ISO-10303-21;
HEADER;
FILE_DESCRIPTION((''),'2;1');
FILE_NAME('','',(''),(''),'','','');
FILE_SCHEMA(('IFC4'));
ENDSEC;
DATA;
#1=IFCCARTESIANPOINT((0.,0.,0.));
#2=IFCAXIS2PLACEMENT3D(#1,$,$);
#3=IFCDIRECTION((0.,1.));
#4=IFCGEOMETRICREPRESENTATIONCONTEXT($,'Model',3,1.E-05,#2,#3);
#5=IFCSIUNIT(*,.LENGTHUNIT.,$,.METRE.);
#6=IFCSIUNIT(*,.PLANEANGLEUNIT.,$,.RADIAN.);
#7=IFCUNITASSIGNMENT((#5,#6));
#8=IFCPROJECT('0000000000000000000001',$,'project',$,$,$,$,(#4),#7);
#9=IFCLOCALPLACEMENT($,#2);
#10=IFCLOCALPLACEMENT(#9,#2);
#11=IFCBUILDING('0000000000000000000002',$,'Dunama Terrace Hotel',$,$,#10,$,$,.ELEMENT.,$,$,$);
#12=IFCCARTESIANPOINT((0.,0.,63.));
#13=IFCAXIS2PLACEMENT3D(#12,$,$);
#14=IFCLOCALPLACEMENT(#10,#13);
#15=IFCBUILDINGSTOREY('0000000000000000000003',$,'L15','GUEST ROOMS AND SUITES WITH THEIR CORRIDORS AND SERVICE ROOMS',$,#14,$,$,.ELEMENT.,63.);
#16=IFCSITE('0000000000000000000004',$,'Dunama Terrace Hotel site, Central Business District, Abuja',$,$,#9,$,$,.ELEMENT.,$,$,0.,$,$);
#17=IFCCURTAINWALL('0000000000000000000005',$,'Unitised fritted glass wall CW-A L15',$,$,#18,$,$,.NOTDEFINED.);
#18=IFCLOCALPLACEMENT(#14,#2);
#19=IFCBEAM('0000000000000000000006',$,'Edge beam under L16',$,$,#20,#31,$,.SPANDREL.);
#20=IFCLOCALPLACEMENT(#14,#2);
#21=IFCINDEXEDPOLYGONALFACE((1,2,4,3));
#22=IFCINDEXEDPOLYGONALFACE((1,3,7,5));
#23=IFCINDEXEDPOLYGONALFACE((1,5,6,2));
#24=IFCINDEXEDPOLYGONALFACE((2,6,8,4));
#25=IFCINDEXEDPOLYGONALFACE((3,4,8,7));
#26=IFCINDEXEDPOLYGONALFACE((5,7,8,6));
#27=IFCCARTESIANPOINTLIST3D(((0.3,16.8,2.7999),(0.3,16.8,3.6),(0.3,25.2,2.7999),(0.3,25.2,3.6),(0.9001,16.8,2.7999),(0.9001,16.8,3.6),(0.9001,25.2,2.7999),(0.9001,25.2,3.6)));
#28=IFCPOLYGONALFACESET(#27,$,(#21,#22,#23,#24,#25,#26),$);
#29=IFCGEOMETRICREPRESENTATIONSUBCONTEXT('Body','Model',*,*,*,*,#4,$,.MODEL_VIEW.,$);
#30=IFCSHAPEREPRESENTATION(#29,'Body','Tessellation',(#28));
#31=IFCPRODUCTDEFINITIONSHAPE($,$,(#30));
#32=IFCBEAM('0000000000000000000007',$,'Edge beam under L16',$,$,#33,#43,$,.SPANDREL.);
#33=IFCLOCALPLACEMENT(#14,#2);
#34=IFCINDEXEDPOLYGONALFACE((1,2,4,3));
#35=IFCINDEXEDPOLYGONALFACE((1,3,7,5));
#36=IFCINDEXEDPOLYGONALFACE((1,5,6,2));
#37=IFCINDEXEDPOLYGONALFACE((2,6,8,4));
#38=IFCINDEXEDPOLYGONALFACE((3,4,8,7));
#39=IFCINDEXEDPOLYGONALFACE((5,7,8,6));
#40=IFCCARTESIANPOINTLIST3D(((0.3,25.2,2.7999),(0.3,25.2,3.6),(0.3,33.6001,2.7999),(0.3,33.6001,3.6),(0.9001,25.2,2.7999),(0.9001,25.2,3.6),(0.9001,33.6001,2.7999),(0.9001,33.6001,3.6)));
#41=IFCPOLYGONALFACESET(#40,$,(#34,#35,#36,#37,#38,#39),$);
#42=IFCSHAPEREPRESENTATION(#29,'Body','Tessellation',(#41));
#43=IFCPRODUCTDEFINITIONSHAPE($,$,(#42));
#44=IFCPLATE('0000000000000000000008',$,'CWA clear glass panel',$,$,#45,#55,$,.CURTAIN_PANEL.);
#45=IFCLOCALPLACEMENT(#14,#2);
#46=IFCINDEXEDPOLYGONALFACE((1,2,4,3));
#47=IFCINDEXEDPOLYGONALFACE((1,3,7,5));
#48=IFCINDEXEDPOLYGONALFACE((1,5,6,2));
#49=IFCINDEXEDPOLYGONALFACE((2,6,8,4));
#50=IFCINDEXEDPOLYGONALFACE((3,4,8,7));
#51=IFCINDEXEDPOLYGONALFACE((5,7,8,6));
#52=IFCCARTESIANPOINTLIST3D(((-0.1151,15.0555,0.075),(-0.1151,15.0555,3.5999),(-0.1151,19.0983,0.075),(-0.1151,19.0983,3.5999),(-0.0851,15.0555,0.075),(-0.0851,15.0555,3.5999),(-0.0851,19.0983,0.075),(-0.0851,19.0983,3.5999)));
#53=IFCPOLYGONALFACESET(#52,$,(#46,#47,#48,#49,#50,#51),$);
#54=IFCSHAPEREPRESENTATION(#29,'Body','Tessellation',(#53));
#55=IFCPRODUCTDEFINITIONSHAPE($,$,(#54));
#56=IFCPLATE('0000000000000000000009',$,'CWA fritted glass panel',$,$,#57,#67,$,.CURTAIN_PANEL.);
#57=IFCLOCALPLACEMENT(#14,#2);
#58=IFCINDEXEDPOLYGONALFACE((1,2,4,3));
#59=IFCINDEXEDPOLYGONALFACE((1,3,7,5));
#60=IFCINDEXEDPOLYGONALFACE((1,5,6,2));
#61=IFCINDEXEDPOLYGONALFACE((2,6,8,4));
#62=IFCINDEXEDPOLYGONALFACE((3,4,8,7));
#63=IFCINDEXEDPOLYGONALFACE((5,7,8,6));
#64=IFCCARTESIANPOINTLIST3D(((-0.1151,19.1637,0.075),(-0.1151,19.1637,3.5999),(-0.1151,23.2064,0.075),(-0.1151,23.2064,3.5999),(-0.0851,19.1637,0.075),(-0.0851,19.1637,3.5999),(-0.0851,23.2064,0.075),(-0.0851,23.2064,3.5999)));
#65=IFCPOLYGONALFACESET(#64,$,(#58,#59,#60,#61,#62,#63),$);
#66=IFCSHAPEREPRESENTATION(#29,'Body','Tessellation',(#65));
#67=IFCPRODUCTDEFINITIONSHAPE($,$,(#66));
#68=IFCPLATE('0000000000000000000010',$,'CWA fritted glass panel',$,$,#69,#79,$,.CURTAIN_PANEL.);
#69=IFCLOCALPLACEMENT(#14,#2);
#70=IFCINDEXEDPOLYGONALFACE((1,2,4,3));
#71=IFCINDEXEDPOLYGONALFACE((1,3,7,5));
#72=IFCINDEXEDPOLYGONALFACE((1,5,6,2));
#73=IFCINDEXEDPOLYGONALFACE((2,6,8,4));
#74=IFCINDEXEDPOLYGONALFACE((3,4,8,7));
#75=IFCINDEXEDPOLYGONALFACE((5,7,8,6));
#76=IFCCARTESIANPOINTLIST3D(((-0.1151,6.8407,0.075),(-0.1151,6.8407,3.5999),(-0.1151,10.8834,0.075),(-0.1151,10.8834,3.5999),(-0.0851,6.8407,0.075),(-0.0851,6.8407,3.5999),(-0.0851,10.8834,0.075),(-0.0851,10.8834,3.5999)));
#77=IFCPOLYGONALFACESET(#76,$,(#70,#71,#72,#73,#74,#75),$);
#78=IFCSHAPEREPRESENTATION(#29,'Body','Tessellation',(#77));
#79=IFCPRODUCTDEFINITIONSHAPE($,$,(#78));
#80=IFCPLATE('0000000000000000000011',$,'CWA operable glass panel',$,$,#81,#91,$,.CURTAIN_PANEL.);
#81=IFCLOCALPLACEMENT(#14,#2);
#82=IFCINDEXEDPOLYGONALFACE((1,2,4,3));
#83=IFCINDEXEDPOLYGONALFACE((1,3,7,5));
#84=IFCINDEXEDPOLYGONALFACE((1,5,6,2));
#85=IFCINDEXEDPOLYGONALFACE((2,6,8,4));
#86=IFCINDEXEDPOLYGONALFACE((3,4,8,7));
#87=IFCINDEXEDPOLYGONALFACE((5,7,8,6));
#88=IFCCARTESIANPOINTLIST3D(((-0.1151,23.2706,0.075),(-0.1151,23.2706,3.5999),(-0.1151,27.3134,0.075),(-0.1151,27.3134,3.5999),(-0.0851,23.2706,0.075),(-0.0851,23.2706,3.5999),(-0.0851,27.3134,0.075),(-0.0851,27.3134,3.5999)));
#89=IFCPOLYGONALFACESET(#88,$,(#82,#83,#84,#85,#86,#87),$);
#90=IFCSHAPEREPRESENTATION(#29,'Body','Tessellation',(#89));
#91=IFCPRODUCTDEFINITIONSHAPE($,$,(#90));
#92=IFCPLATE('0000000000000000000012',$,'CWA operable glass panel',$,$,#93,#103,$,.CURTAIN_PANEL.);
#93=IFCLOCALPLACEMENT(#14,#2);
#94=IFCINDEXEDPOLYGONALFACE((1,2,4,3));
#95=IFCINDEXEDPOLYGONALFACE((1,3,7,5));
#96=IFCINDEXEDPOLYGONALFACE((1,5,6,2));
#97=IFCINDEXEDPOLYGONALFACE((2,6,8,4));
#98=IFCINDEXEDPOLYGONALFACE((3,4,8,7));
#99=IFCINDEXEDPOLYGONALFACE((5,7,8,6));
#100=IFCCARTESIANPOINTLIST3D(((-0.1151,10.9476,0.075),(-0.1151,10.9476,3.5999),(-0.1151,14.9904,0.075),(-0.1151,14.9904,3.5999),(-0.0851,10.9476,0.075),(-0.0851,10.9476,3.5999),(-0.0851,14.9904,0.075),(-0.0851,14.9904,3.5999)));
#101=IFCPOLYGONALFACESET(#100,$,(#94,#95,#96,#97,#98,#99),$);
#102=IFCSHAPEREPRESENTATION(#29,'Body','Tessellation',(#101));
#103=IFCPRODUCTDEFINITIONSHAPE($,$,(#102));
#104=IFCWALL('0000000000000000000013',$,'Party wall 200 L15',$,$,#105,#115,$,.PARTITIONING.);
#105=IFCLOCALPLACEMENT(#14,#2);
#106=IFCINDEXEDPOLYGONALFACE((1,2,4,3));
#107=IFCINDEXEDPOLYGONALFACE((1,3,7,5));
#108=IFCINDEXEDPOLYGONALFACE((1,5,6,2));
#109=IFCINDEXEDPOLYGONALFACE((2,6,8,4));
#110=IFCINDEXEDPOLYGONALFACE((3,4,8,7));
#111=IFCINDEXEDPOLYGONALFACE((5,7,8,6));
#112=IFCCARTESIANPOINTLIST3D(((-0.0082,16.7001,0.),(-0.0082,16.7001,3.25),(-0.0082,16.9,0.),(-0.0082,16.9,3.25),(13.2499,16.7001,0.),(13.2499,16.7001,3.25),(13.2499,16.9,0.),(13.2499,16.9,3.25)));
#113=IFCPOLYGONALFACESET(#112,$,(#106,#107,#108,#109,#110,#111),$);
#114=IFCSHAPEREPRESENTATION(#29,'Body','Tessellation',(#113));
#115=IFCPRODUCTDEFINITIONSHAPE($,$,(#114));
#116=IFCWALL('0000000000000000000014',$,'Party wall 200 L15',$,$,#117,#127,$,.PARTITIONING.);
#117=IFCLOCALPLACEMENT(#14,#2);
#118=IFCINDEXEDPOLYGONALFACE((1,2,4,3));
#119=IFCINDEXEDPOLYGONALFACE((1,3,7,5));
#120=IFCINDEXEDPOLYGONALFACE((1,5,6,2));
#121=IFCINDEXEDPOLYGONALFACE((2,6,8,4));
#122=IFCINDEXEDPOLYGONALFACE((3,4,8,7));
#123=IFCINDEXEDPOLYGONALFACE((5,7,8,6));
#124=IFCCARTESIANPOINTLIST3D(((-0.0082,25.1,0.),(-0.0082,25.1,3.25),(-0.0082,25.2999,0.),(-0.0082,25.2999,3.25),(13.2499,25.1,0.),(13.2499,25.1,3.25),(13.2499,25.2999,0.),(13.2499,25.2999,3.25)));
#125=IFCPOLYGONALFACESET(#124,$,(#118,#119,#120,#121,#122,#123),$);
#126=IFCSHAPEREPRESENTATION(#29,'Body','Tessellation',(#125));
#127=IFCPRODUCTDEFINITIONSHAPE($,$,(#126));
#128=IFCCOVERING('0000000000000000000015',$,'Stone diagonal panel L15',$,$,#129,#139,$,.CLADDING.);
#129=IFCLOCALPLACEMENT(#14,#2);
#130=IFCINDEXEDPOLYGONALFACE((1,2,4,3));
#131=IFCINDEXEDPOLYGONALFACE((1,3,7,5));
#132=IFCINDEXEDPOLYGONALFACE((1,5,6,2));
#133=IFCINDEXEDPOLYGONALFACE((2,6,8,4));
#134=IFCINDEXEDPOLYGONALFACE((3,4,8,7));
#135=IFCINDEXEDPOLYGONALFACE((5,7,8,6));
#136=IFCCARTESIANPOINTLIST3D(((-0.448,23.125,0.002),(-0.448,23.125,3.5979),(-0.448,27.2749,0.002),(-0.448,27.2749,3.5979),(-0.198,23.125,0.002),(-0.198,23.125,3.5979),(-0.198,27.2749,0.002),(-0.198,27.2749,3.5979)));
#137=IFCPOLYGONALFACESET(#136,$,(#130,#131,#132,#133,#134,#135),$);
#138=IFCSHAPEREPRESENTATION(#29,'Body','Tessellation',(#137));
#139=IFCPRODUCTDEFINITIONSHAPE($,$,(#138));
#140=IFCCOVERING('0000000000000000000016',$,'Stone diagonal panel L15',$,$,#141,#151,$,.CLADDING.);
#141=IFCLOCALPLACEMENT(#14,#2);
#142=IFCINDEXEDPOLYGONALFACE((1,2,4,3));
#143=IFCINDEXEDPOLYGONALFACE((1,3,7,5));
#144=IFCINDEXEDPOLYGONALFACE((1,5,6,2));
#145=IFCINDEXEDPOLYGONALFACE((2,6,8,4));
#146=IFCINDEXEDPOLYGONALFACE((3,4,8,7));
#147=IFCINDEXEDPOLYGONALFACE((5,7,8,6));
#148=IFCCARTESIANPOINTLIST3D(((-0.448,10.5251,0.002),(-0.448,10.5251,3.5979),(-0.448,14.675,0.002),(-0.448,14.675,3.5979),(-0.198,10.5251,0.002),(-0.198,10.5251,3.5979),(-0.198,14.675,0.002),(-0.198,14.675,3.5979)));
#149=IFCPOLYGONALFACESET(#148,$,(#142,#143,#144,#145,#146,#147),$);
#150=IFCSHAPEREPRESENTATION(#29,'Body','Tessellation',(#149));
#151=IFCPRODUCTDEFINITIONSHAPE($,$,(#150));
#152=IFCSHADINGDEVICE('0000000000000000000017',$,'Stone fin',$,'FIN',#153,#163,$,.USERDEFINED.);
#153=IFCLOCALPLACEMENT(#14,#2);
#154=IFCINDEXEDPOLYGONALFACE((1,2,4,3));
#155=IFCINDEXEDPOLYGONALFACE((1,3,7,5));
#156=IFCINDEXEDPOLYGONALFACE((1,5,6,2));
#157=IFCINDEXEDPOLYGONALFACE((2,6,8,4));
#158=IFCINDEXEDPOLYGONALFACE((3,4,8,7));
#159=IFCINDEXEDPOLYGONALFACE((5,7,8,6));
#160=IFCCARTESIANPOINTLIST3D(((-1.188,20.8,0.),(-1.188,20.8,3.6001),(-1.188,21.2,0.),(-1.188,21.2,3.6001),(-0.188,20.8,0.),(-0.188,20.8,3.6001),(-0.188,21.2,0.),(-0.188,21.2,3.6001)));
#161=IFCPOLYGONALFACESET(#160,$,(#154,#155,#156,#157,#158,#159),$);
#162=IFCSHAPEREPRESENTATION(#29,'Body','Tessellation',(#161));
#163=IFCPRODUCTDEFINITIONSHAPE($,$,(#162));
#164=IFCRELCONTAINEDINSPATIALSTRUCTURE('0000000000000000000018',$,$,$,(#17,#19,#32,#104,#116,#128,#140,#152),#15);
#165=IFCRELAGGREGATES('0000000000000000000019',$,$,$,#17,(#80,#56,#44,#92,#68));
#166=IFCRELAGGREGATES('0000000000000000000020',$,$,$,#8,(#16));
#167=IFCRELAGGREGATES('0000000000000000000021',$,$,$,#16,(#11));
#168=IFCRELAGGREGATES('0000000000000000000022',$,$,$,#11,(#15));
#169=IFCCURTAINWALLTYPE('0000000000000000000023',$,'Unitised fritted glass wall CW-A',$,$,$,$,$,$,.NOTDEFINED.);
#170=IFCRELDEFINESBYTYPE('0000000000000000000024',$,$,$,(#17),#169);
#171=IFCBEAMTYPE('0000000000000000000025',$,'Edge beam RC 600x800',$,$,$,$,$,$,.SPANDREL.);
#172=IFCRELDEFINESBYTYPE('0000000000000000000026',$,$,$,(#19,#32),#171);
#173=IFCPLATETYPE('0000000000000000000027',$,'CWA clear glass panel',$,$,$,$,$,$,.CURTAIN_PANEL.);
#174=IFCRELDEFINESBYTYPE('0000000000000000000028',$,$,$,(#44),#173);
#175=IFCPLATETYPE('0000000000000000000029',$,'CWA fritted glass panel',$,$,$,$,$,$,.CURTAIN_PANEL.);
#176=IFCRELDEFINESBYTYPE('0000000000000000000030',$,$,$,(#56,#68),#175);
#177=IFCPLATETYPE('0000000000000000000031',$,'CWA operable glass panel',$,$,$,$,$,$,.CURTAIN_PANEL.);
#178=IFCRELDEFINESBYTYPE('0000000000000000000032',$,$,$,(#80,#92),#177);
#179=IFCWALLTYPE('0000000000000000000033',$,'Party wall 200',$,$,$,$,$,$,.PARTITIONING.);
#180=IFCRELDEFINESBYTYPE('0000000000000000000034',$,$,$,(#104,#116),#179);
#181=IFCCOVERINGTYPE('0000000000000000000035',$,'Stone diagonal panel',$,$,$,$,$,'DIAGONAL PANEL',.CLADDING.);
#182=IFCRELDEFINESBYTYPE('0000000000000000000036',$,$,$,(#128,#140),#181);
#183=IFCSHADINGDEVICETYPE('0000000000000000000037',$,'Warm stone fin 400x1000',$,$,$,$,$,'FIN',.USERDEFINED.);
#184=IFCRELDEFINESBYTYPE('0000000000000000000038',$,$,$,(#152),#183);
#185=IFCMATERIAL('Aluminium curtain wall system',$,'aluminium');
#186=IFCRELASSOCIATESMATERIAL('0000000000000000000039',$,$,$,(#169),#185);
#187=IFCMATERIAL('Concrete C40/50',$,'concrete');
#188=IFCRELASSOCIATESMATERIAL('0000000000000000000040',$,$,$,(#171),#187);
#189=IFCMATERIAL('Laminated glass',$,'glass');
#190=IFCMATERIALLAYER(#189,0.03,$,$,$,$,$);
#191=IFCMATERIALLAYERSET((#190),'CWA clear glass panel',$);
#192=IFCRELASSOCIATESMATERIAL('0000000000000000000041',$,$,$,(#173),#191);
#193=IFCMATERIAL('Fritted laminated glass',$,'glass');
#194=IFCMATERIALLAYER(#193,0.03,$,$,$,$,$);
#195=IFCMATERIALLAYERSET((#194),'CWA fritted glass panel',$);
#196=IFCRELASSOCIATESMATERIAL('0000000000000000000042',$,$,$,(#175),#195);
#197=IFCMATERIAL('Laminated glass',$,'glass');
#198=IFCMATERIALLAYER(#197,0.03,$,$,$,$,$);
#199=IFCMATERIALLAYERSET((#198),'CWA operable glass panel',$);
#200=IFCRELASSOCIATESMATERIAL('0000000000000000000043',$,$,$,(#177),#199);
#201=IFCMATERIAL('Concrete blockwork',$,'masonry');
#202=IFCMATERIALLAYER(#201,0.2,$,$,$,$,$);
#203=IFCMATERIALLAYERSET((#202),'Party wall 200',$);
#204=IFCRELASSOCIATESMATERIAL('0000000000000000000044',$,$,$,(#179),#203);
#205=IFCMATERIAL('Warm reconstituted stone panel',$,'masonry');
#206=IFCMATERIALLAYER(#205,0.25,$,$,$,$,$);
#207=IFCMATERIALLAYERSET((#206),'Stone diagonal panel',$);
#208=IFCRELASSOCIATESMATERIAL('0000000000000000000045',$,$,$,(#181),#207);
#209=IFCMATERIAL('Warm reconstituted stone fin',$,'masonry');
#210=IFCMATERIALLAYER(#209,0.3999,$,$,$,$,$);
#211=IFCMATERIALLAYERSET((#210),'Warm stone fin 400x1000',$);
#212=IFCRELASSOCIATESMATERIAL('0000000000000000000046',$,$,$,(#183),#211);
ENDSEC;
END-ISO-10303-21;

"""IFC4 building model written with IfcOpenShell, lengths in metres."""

from ifc_helpers import new_model, si_unit, direction, frame, frame_2d, origin, origin_2d, place, context, subcontext, project, spatial, rectangle, extrude, material, layer, layer_set, material_profile, profile_set, type_object, element, aggregate, save


model = new_model("IFC4")

# Units and contexts
model_context = context("Model", 3, precision=1e-05, world=origin(), true_north=direction((0.0, 1.0)))
body_context = subcontext(model_context, "Body", "Model", "MODEL_VIEW")
ifc_project = project(units=[si_unit("LENGTHUNIT", "METRE"), si_unit("PLANEANGLEUNIT", "RADIAN")], contexts=[model_context])

# Site, building, storey
site_placement = place(None, origin())
site = spatial("IfcSite", under=ifc_project, at=site_placement, Name="Dunama Terrace Hotel site, Central Business District, Abuja", CompositionType="ELEMENT", RefElevation=0.0)
building_placement = place(site_placement, origin())
building = spatial("IfcBuilding", under=site, at=building_placement, Name="Dunama Terrace Hotel", CompositionType="ELEMENT")
storey_placement = place(building_placement, frame((0.0, 0.0, 63.0)))
storey = spatial("IfcBuildingStorey", under=building, at=storey_placement, Name="L15", Description="GUEST ROOMS AND SUITES WITH THEIR CORRIDORS AND SERVICE ROOMS", CompositionType="ELEMENT", Elevation=63.0)

# Curtain wall
ifc_material_1 = material(Name="Aluminium curtain wall system", Category="aluminium")
curtain_wall_type = type_object("IfcCurtainWallType", Name="Unitised fritted glass wall CW-A", PredefinedType="NOTDEFINED", material=ifc_material_1)
curtain_wall_placement = place(storey_placement, origin())
curtain_wall = element("IfcCurtainWall", 1, at=curtain_wall_placement, inside=storey, type_object=curtain_wall_type, Name="Unitised fritted glass wall CW-A L15", PredefinedType="NOTDEFINED")

# Beams
ifc_material_2 = material(Name="Concrete C40/50", Category="concrete")
ifc_material_profile_1 = material_profile(ifc_material_2, rectangle(XDim=0.6001, YDim=0.8, at=origin_2d()), Name="RC 600x800")
ifc_profile_set_1 = profile_set([ifc_material_profile_1], Name="Concrete C40/50")
beam_type = type_object("IfcBeamType", Name="Edge beam RC 600x800", PredefinedType="SPANDREL", material=ifc_profile_set_1)
beam_1_placement = place(storey_placement, frame((0.6001, 16.8, 3.2), z_axis=(0.0, 1.0, 0.0), x_axis=(-1.0, 0.0, 0.0)))
element("IfcBeam", 2, at=beam_1_placement, inside=storey, type_object=beam_type, Name="Edge beam under L16", PredefinedType="SPANDREL", context=body_context, shape_type="SweptSolid", body=[
    extrude(rectangle(XDim=0.6001, YDim=0.8, at=origin_2d()), origin(), (0.0, 0.0, 1.0), 8.3999),
])
beam_2_placement = place(storey_placement, frame((0.6001, 25.2, 3.2), z_axis=(0.0, 1.0, 0.0), x_axis=(-1.0, 0.0, 0.0)))
element("IfcBeam", 3, at=beam_2_placement, inside=storey, type_object=beam_type, Name="Edge beam under L16", PredefinedType="SPANDREL", context=body_context, shape_type="SweptSolid", body=[
    extrude(rectangle(XDim=0.6001, YDim=0.8, at=origin_2d()), origin(), (0.0, 0.0, 1.0), 8.4001),
])

# Plates
ifc_material_3 = material(Name="Laminated glass", Category="glass")
ifc_layer_1 = layer(ifc_material_3, 0.03)
ifc_layer_set_1 = layer_set([ifc_layer_1], Name="CWA clear glass panel")
plate_type_1 = type_object("IfcPlateType", Name="CWA clear glass panel", PredefinedType="CURTAIN_PANEL", material=ifc_layer_set_1)
plate_1_placement = place(storey_placement, frame((-0.1001, 17.0769, 0.075), z_axis=(0.0, 0.0, 1.0), x_axis=(0.0, -1.0, 0.0)))
plate_1 = element("IfcPlate", 4, at=plate_1_placement, type_object=plate_type_1, Name="CWA clear glass panel", PredefinedType="CURTAIN_PANEL", context=body_context, shape_type="SweptSolid", body=[
    extrude(rectangle(XDim=4.0427, YDim=0.03, at=origin_2d()), origin(), (0.0, 0.0, 1.0), 3.5249),
])
ifc_material_4 = material(Name="Fritted laminated glass", Category="glass")
ifc_layer_2 = layer(ifc_material_4, 0.03)
ifc_layer_set_2 = layer_set([ifc_layer_2], Name="CWA fritted glass panel")
plate_type_2 = type_object("IfcPlateType", Name="CWA fritted glass panel", PredefinedType="CURTAIN_PANEL", material=ifc_layer_set_2)
plate_2_placement = place(storey_placement, frame((-0.1001, 21.1851, 0.075), z_axis=(0.0, 0.0, 1.0), x_axis=(0.0, -1.0, 0.0)))
plate_2 = element("IfcPlate", 5, at=plate_2_placement, type_object=plate_type_2, Name="CWA fritted glass panel", PredefinedType="CURTAIN_PANEL", context=body_context, shape_type="SweptSolid", body=[
    extrude(rectangle(XDim=4.0427, YDim=0.03, at=origin_2d()), origin(), (0.0, 0.0, 1.0), 3.5249),
])
plate_3_placement = place(storey_placement, frame((-0.1001, 8.8621, 0.075), z_axis=(0.0, 0.0, 1.0), x_axis=(0.0, -1.0, 0.0)))
plate_3 = element("IfcPlate", 6, at=plate_3_placement, type_object=plate_type_2, Name="CWA fritted glass panel", PredefinedType="CURTAIN_PANEL", context=body_context, shape_type="SweptSolid", body=[
    extrude(rectangle(XDim=4.0427, YDim=0.03, at=origin_2d()), origin(), (0.0, 0.0, 1.0), 3.5249),
])
ifc_material_5 = material(Name="Laminated glass", Category="glass")
ifc_layer_3 = layer(ifc_material_5, 0.03)
ifc_layer_set_3 = layer_set([ifc_layer_3], Name="CWA operable glass panel")
plate_type_3 = type_object("IfcPlateType", Name="CWA operable glass panel", PredefinedType="CURTAIN_PANEL", material=ifc_layer_set_3)
plate_4_placement = place(storey_placement, frame((-0.1001, 25.292, 0.075), z_axis=(0.0, 0.0, 1.0), x_axis=(0.0, -1.0, 0.0)))
plate_4 = element("IfcPlate", 7, at=plate_4_placement, type_object=plate_type_3, Name="CWA operable glass panel", PredefinedType="CURTAIN_PANEL", context=body_context, shape_type="SweptSolid", body=[
    extrude(rectangle(XDim=4.0427, YDim=0.03, at=origin_2d()), origin(), (0.0, 0.0, 1.0), 3.5249),
])
plate_5_placement = place(storey_placement, frame((-0.1001, 12.969, 0.075), z_axis=(0.0, 0.0, 1.0), x_axis=(0.0, -1.0, 0.0)))
plate_5 = element("IfcPlate", 8, at=plate_5_placement, type_object=plate_type_3, Name="CWA operable glass panel", PredefinedType="CURTAIN_PANEL", context=body_context, shape_type="SweptSolid", body=[
    extrude(rectangle(XDim=4.0427, YDim=0.03, at=origin_2d()), origin(), (0.0, 0.0, 1.0), 3.5249),
])
aggregate(curtain_wall, [plate_4, plate_2, plate_1, plate_5, plate_3])

# Walls
ifc_material_6 = material(Name="Concrete blockwork", Category="masonry")
ifc_layer_4 = layer(ifc_material_6, 0.2)
ifc_layer_set_4 = layer_set([ifc_layer_4], Name="Party wall 200")
wall_type = type_object("IfcWallType", Name="Party wall 200", PredefinedType="PARTITIONING", material=ifc_layer_set_4)
for number, where, z_axis, x_axis, name in (
    (9, (-0.0081, 16.8, 0.0), (0.0, 0.0, 1.0), (1.0, 0.0, 0.0), "Party wall 200 L15"),
    (10, (-0.0081, 25.2, 0.0), (0.0, 0.0, 1.0), (1.0, 0.0, 0.0), "Party wall 200 L15"),
):
    element("IfcWall", number, at=place(storey_placement, frame(where, z_axis=z_axis, x_axis=x_axis)), inside=storey, type_object=wall_type, Name=name, PredefinedType="PARTITIONING", context=body_context, shape_type="SweptSolid", body=[
        extrude(rectangle(XDim=13.2581, YDim=0.2, at=frame_2d((6.6289, 0.0))), origin(), (0.0, 0.0, 1.0), 3.25),
    ])

# Coverings
ifc_material_7 = material(Name="Warm reconstituted stone panel", Category="masonry")
ifc_layer_5 = layer(ifc_material_7, 0.25)
ifc_layer_set_5 = layer_set([ifc_layer_5], Name="Stone diagonal panel")
covering_type = type_object("IfcCoveringType", Name="Stone diagonal panel", ElementType="DIAGONAL PANEL", PredefinedType="CLADDING", material=ifc_layer_set_5)
for number, where, z_axis, x_axis, name in (
    (11, (-0.323, 25.2, 0.002), (0.0, 0.0, 1.0), (0.0, -1.0, 0.0), "Stone diagonal panel L15"),
    (12, (-0.323, 12.6001, 0.002), (0.0, 0.0, 1.0), (0.0, -1.0, 0.0), "Stone diagonal panel L15"),
):
    element("IfcCovering", number, at=place(storey_placement, frame(where, z_axis=z_axis, x_axis=x_axis)), inside=storey, type_object=covering_type, Name=name, PredefinedType="CLADDING", context=body_context, shape_type="SweptSolid", body=[
        extrude(rectangle(XDim=4.1499, YDim=0.25, at=origin_2d()), origin(), (0.0, 0.0, 1.0), 3.5959),
    ])

# Shading device
ifc_material_8 = material(Name="Warm reconstituted stone fin", Category="masonry")
ifc_layer_6 = layer(ifc_material_8, 0.3999)
ifc_layer_set_6 = layer_set([ifc_layer_6], Name="Warm stone fin 400x1000")
shading_device_type = type_object("IfcShadingDeviceType", Name="Warm stone fin 400x1000", ElementType="FIN", PredefinedType="USERDEFINED", material=ifc_layer_set_6)
shading_device_placement = place(storey_placement, frame((-0.688, 21.0, 0.0), z_axis=(0.0, 0.0, 1.0), x_axis=(0.0, -1.0, 0.0)))
element("IfcShadingDevice", 13, at=shading_device_placement, inside=storey, type_object=shading_device_type, Name="Stone fin", ObjectType="FIN", PredefinedType="USERDEFINED", context=body_context, shape_type="SweptSolid", body=[
    extrude(rectangle(XDim=0.3999, YDim=1.0, at=origin_2d()), origin(), (0.0, 0.0, 1.0), 3.6001),
])

save(model, "model.ifc")
